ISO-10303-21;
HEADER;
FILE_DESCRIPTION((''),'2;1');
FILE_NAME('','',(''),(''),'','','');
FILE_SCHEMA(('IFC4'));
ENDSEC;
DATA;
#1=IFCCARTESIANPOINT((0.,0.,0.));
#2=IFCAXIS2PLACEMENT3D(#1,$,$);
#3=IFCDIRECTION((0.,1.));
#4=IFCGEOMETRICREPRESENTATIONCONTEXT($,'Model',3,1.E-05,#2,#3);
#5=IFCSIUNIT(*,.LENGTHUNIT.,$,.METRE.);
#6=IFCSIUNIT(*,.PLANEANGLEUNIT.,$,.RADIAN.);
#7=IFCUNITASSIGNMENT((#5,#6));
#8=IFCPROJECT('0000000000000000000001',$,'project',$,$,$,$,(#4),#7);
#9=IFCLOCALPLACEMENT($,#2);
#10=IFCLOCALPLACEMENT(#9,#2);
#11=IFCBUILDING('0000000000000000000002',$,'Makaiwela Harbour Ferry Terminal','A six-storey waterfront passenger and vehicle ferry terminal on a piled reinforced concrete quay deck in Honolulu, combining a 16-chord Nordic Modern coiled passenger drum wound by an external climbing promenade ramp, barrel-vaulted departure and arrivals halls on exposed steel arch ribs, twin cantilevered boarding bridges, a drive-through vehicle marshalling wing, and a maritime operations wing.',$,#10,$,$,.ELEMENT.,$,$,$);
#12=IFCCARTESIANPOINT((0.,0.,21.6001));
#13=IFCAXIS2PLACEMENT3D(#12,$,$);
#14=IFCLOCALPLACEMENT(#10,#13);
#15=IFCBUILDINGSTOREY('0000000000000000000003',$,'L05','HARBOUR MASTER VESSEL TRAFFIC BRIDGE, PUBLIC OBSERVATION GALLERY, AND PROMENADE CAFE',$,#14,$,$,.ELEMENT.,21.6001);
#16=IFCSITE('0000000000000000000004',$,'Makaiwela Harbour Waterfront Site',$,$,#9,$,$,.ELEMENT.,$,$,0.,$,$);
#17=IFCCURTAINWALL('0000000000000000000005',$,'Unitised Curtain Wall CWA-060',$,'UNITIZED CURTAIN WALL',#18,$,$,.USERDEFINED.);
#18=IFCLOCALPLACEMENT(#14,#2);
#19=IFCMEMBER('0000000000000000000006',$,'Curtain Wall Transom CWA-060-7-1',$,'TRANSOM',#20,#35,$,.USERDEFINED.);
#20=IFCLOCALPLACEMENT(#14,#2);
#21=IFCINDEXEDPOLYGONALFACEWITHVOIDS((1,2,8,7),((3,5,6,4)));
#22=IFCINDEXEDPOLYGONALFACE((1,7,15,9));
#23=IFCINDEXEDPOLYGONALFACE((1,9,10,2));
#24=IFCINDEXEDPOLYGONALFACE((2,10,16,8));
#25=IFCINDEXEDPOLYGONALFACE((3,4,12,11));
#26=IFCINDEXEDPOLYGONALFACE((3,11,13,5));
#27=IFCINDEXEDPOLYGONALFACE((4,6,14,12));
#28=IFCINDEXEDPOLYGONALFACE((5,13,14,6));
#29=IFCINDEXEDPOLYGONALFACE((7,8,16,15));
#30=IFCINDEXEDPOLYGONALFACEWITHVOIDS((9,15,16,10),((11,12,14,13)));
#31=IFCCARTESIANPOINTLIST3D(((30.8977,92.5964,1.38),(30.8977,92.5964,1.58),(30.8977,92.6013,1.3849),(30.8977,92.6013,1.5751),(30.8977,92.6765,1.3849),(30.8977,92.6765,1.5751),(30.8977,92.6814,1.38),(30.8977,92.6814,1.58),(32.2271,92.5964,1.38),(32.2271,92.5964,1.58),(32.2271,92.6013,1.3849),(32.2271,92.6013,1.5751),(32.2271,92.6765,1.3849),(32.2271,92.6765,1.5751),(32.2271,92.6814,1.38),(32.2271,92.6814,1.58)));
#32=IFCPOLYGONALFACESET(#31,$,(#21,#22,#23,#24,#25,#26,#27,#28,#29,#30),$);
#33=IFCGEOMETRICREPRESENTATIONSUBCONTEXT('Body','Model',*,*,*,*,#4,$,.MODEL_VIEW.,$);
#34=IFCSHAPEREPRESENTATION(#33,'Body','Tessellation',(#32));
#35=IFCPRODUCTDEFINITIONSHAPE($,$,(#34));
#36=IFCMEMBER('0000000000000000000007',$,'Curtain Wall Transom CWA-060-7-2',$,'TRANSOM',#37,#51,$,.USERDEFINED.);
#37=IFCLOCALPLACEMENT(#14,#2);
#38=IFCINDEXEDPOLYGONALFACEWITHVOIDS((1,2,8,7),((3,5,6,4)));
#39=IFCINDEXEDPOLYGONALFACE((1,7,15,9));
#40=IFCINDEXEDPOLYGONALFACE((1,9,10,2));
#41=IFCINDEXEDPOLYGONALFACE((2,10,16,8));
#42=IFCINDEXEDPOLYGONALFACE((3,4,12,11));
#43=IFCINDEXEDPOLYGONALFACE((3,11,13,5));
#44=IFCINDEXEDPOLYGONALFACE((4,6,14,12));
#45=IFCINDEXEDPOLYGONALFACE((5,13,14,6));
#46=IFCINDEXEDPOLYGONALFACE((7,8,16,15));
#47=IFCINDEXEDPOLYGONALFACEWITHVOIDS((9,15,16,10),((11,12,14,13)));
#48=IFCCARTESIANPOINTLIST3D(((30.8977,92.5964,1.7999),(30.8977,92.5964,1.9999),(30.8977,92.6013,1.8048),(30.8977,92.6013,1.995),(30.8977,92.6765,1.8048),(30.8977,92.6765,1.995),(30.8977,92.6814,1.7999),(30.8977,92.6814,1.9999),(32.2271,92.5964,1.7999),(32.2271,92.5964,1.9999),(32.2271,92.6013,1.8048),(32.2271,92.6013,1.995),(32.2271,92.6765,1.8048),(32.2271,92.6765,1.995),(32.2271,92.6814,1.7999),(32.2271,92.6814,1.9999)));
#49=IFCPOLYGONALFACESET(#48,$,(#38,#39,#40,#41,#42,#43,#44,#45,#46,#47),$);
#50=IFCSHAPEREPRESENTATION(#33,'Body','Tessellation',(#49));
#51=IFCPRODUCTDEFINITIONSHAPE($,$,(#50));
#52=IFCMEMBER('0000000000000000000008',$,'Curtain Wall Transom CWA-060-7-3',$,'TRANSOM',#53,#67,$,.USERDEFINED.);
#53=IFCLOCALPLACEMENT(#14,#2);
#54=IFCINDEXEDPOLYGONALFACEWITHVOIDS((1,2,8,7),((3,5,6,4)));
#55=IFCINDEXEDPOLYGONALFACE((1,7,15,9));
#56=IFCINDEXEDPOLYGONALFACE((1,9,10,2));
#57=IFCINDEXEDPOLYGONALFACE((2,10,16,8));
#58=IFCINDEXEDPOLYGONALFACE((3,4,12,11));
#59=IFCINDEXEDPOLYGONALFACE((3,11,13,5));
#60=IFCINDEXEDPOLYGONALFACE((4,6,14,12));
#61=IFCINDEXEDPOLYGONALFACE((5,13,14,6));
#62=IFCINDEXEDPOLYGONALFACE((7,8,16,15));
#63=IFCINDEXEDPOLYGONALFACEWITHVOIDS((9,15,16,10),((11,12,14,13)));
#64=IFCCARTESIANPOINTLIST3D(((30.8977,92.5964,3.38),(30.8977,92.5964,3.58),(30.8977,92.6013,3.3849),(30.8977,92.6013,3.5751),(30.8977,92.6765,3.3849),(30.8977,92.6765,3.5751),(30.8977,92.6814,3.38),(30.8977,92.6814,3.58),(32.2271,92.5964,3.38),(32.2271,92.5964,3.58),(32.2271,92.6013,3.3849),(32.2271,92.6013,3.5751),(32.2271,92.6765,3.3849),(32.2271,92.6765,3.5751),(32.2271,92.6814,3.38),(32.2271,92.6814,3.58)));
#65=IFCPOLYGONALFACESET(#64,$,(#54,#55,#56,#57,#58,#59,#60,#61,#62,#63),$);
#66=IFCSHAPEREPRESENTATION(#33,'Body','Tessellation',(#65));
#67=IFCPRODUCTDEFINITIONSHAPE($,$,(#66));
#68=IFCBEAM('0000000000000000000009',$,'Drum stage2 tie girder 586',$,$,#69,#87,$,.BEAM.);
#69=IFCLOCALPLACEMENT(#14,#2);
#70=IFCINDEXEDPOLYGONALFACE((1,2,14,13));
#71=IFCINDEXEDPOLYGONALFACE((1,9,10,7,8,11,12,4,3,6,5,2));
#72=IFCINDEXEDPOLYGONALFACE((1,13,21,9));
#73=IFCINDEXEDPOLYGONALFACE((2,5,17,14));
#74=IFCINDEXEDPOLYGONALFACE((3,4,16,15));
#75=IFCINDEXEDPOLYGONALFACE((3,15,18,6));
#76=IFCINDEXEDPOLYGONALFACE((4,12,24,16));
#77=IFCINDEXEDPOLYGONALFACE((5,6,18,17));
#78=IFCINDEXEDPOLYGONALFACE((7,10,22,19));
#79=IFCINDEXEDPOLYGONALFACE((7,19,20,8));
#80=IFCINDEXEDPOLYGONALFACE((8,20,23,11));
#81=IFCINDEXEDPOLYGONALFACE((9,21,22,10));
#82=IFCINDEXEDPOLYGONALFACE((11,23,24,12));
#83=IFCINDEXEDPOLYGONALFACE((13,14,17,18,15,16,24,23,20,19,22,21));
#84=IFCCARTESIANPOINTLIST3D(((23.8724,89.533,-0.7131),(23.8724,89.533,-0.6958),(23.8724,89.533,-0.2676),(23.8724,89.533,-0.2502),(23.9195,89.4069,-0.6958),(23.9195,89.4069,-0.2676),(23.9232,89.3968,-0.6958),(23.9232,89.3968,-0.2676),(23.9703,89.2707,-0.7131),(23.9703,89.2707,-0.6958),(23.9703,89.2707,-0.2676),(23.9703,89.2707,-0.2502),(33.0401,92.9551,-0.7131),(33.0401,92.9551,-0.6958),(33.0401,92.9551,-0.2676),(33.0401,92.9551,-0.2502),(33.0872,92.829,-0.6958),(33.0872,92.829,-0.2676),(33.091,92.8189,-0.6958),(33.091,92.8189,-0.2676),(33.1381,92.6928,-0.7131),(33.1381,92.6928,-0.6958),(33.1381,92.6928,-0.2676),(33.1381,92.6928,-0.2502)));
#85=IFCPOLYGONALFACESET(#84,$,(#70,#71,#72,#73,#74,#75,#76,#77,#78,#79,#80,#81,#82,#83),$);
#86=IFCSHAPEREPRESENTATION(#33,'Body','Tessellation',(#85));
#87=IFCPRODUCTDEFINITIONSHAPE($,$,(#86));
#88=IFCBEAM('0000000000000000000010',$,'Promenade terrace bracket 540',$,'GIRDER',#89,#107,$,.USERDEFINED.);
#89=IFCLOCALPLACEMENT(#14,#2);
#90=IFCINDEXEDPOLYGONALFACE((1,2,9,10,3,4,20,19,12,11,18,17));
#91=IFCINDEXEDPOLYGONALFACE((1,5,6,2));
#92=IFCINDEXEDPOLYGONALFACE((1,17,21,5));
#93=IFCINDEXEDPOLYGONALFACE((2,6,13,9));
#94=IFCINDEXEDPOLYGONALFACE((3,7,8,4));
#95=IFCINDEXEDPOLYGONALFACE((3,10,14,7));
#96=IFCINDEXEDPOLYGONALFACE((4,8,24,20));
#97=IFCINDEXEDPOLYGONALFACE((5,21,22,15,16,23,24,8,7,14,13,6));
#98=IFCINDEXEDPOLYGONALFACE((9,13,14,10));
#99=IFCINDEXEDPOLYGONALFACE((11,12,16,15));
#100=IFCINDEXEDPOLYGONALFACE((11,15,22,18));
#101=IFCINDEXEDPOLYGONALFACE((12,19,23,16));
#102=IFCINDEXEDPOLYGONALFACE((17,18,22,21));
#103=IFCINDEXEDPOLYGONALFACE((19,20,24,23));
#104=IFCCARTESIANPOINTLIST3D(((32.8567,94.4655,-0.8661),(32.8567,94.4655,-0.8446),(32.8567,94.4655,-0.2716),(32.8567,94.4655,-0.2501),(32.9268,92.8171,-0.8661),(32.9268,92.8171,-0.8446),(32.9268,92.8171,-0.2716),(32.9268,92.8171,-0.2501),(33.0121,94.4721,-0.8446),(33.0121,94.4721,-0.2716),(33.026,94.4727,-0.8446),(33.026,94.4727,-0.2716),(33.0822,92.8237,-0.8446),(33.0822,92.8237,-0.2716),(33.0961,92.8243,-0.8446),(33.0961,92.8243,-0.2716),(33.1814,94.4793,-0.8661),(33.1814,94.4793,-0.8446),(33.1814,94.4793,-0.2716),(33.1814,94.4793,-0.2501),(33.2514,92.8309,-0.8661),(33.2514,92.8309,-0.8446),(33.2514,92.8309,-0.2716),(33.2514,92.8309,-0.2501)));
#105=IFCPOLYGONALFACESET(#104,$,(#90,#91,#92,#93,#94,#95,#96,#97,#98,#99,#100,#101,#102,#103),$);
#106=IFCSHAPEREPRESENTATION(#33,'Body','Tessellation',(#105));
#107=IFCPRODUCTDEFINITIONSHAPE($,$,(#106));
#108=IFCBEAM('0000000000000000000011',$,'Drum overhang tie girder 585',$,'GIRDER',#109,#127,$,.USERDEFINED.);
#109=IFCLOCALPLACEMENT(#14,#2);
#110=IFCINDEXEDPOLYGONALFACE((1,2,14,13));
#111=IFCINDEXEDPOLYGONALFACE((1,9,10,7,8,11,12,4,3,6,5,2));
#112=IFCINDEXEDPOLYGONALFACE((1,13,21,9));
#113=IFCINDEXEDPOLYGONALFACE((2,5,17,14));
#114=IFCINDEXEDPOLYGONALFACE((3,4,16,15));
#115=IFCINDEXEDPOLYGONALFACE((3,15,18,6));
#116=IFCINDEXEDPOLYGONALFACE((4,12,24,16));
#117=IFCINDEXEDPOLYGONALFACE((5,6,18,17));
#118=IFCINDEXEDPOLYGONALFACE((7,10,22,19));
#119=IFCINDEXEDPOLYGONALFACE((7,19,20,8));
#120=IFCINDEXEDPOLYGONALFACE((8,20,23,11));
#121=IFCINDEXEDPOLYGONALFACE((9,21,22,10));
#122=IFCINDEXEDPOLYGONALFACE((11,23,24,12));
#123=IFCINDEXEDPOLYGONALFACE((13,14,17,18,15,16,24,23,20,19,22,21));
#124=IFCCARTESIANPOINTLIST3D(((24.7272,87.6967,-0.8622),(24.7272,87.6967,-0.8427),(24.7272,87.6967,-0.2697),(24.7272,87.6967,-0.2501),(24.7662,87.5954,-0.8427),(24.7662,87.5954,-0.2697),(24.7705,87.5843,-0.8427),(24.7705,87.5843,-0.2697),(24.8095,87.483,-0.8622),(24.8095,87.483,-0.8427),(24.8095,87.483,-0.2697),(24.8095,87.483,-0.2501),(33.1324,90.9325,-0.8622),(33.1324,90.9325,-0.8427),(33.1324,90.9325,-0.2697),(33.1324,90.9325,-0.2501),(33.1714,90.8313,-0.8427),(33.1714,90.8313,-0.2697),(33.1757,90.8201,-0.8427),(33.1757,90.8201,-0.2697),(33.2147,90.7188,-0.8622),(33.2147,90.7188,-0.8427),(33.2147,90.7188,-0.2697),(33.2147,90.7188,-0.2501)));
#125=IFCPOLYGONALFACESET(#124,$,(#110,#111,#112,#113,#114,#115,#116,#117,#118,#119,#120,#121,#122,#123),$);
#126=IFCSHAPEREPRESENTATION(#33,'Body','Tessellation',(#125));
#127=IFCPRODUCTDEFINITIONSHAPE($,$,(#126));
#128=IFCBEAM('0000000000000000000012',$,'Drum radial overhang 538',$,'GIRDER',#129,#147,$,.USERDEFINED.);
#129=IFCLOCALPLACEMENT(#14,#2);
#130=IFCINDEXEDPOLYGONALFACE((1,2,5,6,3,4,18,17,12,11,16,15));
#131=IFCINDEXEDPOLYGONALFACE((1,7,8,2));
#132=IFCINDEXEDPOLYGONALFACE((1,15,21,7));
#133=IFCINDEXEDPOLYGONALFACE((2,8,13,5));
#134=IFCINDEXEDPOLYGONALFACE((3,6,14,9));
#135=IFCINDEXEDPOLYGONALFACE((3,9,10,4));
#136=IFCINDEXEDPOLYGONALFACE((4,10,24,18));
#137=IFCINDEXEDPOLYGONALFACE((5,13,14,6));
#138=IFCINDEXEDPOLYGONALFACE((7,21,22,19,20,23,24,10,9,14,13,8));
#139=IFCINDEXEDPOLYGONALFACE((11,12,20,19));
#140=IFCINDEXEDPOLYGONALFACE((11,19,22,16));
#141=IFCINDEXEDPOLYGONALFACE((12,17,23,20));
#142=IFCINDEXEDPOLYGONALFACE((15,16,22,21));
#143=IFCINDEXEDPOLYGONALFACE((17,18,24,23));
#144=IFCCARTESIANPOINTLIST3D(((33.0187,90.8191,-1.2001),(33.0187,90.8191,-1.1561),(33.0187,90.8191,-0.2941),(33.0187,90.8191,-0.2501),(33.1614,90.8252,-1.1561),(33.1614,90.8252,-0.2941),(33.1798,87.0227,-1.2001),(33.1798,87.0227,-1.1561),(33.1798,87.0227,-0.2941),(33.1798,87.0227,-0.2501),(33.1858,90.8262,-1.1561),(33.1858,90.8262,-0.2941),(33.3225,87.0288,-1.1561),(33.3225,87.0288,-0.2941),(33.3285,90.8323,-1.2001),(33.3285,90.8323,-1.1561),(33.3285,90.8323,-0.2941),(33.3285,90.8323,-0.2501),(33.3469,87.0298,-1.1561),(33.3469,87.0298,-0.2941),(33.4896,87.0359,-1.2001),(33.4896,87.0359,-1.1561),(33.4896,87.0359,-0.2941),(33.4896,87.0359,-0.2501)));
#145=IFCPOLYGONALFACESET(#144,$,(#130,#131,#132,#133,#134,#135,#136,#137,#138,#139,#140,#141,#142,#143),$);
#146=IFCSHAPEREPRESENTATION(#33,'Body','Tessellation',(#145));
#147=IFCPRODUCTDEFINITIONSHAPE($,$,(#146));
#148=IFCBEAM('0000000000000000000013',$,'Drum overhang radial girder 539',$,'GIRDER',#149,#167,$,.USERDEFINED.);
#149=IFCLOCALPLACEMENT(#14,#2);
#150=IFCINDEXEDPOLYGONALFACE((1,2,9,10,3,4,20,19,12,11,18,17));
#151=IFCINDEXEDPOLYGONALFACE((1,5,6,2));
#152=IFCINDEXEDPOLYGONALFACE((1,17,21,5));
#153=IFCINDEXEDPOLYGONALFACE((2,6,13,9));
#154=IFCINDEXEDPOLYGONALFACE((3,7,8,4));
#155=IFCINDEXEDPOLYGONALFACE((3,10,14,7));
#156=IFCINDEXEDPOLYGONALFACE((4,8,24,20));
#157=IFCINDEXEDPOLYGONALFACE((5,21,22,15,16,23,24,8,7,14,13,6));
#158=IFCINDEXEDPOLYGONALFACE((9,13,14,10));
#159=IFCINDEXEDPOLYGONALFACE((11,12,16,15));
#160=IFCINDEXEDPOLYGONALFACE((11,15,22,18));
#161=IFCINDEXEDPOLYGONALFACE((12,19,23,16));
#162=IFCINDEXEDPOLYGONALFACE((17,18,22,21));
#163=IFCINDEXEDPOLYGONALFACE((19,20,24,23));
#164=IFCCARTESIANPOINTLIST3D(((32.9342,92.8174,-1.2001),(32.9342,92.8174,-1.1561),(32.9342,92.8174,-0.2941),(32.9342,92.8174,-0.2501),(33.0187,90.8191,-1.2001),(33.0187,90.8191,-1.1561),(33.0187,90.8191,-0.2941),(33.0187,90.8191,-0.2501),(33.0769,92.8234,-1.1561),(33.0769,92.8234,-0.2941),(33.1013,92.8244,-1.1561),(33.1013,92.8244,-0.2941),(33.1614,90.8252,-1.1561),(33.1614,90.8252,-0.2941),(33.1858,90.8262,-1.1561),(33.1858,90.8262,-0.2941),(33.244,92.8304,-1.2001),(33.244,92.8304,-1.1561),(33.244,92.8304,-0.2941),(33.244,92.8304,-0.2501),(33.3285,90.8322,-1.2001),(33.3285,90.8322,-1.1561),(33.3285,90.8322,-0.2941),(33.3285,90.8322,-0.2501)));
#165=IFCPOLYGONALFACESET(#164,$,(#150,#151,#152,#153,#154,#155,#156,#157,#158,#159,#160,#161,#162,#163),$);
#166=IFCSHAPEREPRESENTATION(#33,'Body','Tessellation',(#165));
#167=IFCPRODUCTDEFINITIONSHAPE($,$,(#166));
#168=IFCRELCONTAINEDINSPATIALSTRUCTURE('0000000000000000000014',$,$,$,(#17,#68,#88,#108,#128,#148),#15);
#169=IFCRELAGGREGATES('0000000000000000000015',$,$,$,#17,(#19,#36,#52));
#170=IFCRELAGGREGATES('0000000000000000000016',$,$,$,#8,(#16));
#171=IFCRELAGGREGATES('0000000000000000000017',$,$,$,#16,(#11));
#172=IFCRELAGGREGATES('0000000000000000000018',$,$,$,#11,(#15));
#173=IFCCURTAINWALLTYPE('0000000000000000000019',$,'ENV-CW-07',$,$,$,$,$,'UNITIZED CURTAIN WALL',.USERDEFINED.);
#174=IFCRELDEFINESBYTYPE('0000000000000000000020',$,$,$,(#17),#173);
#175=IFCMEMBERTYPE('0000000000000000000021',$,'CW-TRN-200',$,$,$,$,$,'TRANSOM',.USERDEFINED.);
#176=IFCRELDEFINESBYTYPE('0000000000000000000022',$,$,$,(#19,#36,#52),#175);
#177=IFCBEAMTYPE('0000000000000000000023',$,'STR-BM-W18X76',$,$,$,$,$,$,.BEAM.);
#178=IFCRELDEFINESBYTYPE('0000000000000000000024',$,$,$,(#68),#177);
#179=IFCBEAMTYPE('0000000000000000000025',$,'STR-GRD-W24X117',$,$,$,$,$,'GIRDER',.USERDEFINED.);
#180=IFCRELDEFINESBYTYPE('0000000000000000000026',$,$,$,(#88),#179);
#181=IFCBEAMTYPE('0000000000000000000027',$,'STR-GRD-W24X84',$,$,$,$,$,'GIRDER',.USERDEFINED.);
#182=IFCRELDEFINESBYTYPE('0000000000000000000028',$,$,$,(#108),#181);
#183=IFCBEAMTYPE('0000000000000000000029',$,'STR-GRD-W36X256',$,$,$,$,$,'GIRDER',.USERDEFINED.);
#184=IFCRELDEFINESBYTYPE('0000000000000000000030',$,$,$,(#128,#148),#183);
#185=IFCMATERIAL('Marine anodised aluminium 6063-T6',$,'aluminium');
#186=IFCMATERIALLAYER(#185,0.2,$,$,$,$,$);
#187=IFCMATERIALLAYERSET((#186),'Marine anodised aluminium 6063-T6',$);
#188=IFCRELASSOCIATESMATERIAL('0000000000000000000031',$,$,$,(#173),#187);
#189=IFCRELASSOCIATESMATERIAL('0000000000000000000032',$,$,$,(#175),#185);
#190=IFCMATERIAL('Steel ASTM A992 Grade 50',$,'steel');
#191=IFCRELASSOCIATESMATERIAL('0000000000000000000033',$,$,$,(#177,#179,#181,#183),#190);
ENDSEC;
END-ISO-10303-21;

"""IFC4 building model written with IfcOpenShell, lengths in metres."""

from ifc_helpers import new_model, si_unit, direction, frame, origin, origin_2d, place, context, subcontext, project, spatial, hollow_rectangle, i_section, extrude, material, layer, layer_set, material_profile, profile_set, type_object, element, aggregate, save


model = new_model("IFC4")

# Units and contexts
model_context = context("Model", 3, precision=1e-05, world=origin(), true_north=direction((0.0, 1.0)))
body_context = subcontext(model_context, "Body", "Model", "MODEL_VIEW")
ifc_project = project(units=[si_unit("LENGTHUNIT", "METRE"), si_unit("PLANEANGLEUNIT", "RADIAN")], contexts=[model_context])

# Site, building, storey
site_placement = place(None, origin())
site = spatial("IfcSite", under=ifc_project, at=site_placement, Name="Makaiwela Harbour Waterfront Site", CompositionType="ELEMENT", RefElevation=0.0)
building_placement = place(site_placement, origin())
building = spatial("IfcBuilding", under=site, at=building_placement, Name="Makaiwela Harbour Ferry Terminal", Description="A six-storey waterfront passenger and vehicle ferry terminal on a piled reinforced concrete quay deck in Honolulu, combining a 16-chord Nordic Modern coiled passenger drum wound by an external climbing promenade ramp, barrel-vaulted departure and arrivals halls on exposed steel arch ribs, twin cantilevered boarding bridges, a drive-through vehicle marshalling wing, and a maritime operations wing.", CompositionType="ELEMENT")
storey_placement = place(building_placement, frame((0.0, 0.0, 21.6001)))
storey = spatial("IfcBuildingStorey", under=building, at=storey_placement, Name="L05", Description="HARBOUR MASTER VESSEL TRAFFIC BRIDGE, PUBLIC OBSERVATION GALLERY, AND PROMENADE CAFE", CompositionType="ELEMENT", Elevation=21.6001)

# Shared definitions
ifc_material_1 = material(Name="Steel ASTM A992 Grade 50", Category="steel")

# Curtain wall, members
ifc_material_2 = material(Name="Marine anodised aluminium 6063-T6", Category="aluminium")
ifc_layer_1 = layer(ifc_material_2, 0.2)
ifc_layer_set_1 = layer_set([ifc_layer_1], Name="Marine anodised aluminium 6063-T6")
curtain_wall_type = type_object("IfcCurtainWallType", Name="ENV-CW-07", ElementType="UNITIZED CURTAIN WALL", PredefinedType="USERDEFINED", material=ifc_layer_set_1)
curtain_wall_placement = place(storey_placement, origin())
curtain_wall = element("IfcCurtainWall", 1, at=curtain_wall_placement, inside=storey, type_object=curtain_wall_type, Name="Unitised Curtain Wall CWA-060", ObjectType="UNITIZED CURTAIN WALL", PredefinedType="USERDEFINED")
ifc_material_profile_1 = material_profile(ifc_material_2, hollow_rectangle(XDim=0.085, YDim=0.2, WallThickness=0.0049, at=origin_2d()), Name="CWT-200X85")
ifc_profile_set_1 = profile_set([ifc_material_profile_1], Name="Marine anodised aluminium 6063-T6")
member_type_1 = type_object("IfcMemberType", Name="CW-TRN-200", ElementType="TRANSOM", PredefinedType="USERDEFINED", material=ifc_profile_set_1)
member_1_placement = place(storey_placement, frame((32.2271, 92.6389, 1.48), z_axis=(-1.0, 0.0, 0.0), x_axis=(0.0, -1.0, 0.0)))
member_1 = element("IfcMember", 2, at=member_1_placement, type_object=member_type_1, Name="Curtain Wall Transom CWA-060-7-1", ObjectType="TRANSOM", PredefinedType="USERDEFINED", context=body_context, shape_type="SweptSolid", body=[
    extrude(hollow_rectangle(XDim=0.085, YDim=0.2, WallThickness=0.0049, at=origin_2d()), origin(), (0.0, 0.0, 1.0), 1.3293),
])
member_2_placement = place(storey_placement, frame((32.2271, 92.6389, 1.8999), z_axis=(-1.0, 0.0, 0.0), x_axis=(0.0, -1.0, 0.0)))
member_2 = element("IfcMember", 3, at=member_2_placement, type_object=member_type_1, Name="Curtain Wall Transom CWA-060-7-2", ObjectType="TRANSOM", PredefinedType="USERDEFINED", context=body_context, shape_type="SweptSolid", body=[
    extrude(hollow_rectangle(XDim=0.085, YDim=0.2, WallThickness=0.0049, at=origin_2d()), origin(), (0.0, 0.0, 1.0), 1.3293),
])
member_3_placement = place(storey_placement, frame((32.2271, 92.6389, 3.48), z_axis=(-1.0, 0.0, 0.0), x_axis=(0.0, -1.0, 0.0)))
member_3 = element("IfcMember", 4, at=member_3_placement, type_object=member_type_1, Name="Curtain Wall Transom CWA-060-7-3", ObjectType="TRANSOM", PredefinedType="USERDEFINED", context=body_context, shape_type="SweptSolid", body=[
    extrude(hollow_rectangle(XDim=0.085, YDim=0.2, WallThickness=0.0049, at=origin_2d()), origin(), (0.0, 0.0, 1.0), 1.3293),
])

# Beams
ifc_material_profile_2 = material_profile(ifc_material_1, i_section(OverallWidth=0.28, OverallDepth=0.4629, WebThickness=0.0107, FlangeThickness=0.0173, at=origin_2d()), Name="W18X76")
ifc_profile_set_2 = profile_set([ifc_material_profile_2], Name="Steel ASTM A992 Grade 50")
beam_type_1 = type_object("IfcBeamType", Name="STR-BM-W18X76", PredefinedType="BEAM", material=ifc_profile_set_2)
beam_1_placement = place(storey_placement, frame((33.0891, 92.824, -0.4817), z_axis=(-0.936858, -0.349709, 0.0), x_axis=(0.349709, -0.936858, 0.0)))
element("IfcBeam", 5, at=beam_1_placement, inside=storey, type_object=beam_type_1, Name="Drum stage2 tie girder 586", PredefinedType="BEAM", context=body_context, shape_type="SweptSolid", body=[
    extrude(i_section(OverallWidth=0.28, OverallDepth=0.4629, WebThickness=0.0107, FlangeThickness=0.0173, at=origin_2d()), origin(), (0.0, 0.0, 1.0), 9.7856),
])
ifc_material_profile_3 = material_profile(ifc_material_1, i_section(OverallWidth=0.325, OverallDepth=0.616, WebThickness=0.0139, FlangeThickness=0.0215, at=origin_2d()), Name="W24X117")
ifc_profile_set_3 = profile_set([ifc_material_profile_3], Name="Steel ASTM A992 Grade 50")
beam_type_2 = type_object("IfcBeamType", Name="STR-GRD-W24X117", ElementType="GIRDER", PredefinedType="USERDEFINED", material=ifc_profile_set_3)
beam_2_placement = place(storey_placement, frame((33.0891, 92.824, -0.5581), z_axis=(-0.042468, 0.999098, 0.0), x_axis=(-0.999098, -0.042468, 0.0)))
element("IfcBeam", 6, at=beam_2_placement, inside=storey, type_object=beam_type_2, Name="Promenade terrace bracket 540", ObjectType="GIRDER", PredefinedType="USERDEFINED", context=body_context, shape_type="SweptSolid", body=[
    extrude(i_section(OverallWidth=0.325, OverallDepth=0.616, WebThickness=0.0139, FlangeThickness=0.0215, at=origin_2d()), origin(), (0.0, 0.0, 1.0), 1.6499),
])
ifc_material_profile_4 = material_profile(ifc_material_1, i_section(OverallWidth=0.229, OverallDepth=0.6121, WebThickness=0.012, FlangeThickness=0.0195, at=origin_2d()), Name="W24X84")
ifc_profile_set_4 = profile_set([ifc_material_profile_4], Name="Steel ASTM A992 Grade 50")
beam_type_3 = type_object("IfcBeamType", Name="STR-GRD-W24X84", ElementType="GIRDER", PredefinedType="USERDEFINED", material=ifc_profile_set_4)
beam_3_placement = place(storey_placement, frame((33.1736, 90.8257, -0.5562), z_axis=(-0.933232, -0.359273, 0.0), x_axis=(0.359273, -0.933232, 0.0)))
element("IfcBeam", 7, at=beam_3_placement, inside=storey, type_object=beam_type_3, Name="Drum overhang tie girder 585", ObjectType="GIRDER", PredefinedType="USERDEFINED", context=body_context, shape_type="SweptSolid", body=[
    extrude(i_section(OverallWidth=0.229, OverallDepth=0.6121, WebThickness=0.012, FlangeThickness=0.0195, at=origin_2d()), origin(), (0.0, 0.0, 1.0), 9.0066),
])
ifc_material_profile_5 = material_profile(ifc_material_1, i_section(OverallWidth=0.3101, OverallDepth=0.95, WebThickness=0.0244, FlangeThickness=0.0439, at=origin_2d()), Name="W36X256")
ifc_profile_set_5 = profile_set([ifc_material_profile_5], Name="Steel ASTM A992 Grade 50")
beam_type_4 = type_object("IfcBeamType", Name="STR-GRD-W36X256", ElementType="GIRDER", PredefinedType="USERDEFINED", material=ifc_profile_set_5)
beam_4_placement = place(storey_placement, frame((33.3347, 87.0293, -0.7251), z_axis=(-0.042406, 0.9991, 0.0), x_axis=(-0.9991, -0.042406, 0.0)))
element("IfcBeam", 8, at=beam_4_placement, inside=storey, type_object=beam_type_4, Name="Drum radial overhang 538", ObjectType="GIRDER", PredefinedType="USERDEFINED", context=body_context, shape_type="SweptSolid", body=[
    extrude(i_section(OverallWidth=0.3101, OverallDepth=0.95, WebThickness=0.0244, FlangeThickness=0.0439, at=origin_2d()), origin(), (0.0, 0.0, 1.0), 3.7998),
])
beam_5_placement = place(storey_placement, frame((33.1736, 90.8257, -0.7251), z_axis=(-0.042235, 0.999108, 0.0), x_axis=(-0.999108, -0.042235, 0.0)))
element("IfcBeam", 9, at=beam_5_placement, inside=storey, type_object=beam_type_4, Name="Drum overhang radial girder 539", ObjectType="GIRDER", PredefinedType="USERDEFINED", context=body_context, shape_type="SweptSolid", body=[
    extrude(i_section(OverallWidth=0.3101, OverallDepth=0.95, WebThickness=0.0244, FlangeThickness=0.0439, at=origin_2d()), origin(), (0.0, 0.0, 1.0), 2.0),
])

aggregate(curtain_wall, [member_1, member_2, member_3])

save(model, "model.ifc")
